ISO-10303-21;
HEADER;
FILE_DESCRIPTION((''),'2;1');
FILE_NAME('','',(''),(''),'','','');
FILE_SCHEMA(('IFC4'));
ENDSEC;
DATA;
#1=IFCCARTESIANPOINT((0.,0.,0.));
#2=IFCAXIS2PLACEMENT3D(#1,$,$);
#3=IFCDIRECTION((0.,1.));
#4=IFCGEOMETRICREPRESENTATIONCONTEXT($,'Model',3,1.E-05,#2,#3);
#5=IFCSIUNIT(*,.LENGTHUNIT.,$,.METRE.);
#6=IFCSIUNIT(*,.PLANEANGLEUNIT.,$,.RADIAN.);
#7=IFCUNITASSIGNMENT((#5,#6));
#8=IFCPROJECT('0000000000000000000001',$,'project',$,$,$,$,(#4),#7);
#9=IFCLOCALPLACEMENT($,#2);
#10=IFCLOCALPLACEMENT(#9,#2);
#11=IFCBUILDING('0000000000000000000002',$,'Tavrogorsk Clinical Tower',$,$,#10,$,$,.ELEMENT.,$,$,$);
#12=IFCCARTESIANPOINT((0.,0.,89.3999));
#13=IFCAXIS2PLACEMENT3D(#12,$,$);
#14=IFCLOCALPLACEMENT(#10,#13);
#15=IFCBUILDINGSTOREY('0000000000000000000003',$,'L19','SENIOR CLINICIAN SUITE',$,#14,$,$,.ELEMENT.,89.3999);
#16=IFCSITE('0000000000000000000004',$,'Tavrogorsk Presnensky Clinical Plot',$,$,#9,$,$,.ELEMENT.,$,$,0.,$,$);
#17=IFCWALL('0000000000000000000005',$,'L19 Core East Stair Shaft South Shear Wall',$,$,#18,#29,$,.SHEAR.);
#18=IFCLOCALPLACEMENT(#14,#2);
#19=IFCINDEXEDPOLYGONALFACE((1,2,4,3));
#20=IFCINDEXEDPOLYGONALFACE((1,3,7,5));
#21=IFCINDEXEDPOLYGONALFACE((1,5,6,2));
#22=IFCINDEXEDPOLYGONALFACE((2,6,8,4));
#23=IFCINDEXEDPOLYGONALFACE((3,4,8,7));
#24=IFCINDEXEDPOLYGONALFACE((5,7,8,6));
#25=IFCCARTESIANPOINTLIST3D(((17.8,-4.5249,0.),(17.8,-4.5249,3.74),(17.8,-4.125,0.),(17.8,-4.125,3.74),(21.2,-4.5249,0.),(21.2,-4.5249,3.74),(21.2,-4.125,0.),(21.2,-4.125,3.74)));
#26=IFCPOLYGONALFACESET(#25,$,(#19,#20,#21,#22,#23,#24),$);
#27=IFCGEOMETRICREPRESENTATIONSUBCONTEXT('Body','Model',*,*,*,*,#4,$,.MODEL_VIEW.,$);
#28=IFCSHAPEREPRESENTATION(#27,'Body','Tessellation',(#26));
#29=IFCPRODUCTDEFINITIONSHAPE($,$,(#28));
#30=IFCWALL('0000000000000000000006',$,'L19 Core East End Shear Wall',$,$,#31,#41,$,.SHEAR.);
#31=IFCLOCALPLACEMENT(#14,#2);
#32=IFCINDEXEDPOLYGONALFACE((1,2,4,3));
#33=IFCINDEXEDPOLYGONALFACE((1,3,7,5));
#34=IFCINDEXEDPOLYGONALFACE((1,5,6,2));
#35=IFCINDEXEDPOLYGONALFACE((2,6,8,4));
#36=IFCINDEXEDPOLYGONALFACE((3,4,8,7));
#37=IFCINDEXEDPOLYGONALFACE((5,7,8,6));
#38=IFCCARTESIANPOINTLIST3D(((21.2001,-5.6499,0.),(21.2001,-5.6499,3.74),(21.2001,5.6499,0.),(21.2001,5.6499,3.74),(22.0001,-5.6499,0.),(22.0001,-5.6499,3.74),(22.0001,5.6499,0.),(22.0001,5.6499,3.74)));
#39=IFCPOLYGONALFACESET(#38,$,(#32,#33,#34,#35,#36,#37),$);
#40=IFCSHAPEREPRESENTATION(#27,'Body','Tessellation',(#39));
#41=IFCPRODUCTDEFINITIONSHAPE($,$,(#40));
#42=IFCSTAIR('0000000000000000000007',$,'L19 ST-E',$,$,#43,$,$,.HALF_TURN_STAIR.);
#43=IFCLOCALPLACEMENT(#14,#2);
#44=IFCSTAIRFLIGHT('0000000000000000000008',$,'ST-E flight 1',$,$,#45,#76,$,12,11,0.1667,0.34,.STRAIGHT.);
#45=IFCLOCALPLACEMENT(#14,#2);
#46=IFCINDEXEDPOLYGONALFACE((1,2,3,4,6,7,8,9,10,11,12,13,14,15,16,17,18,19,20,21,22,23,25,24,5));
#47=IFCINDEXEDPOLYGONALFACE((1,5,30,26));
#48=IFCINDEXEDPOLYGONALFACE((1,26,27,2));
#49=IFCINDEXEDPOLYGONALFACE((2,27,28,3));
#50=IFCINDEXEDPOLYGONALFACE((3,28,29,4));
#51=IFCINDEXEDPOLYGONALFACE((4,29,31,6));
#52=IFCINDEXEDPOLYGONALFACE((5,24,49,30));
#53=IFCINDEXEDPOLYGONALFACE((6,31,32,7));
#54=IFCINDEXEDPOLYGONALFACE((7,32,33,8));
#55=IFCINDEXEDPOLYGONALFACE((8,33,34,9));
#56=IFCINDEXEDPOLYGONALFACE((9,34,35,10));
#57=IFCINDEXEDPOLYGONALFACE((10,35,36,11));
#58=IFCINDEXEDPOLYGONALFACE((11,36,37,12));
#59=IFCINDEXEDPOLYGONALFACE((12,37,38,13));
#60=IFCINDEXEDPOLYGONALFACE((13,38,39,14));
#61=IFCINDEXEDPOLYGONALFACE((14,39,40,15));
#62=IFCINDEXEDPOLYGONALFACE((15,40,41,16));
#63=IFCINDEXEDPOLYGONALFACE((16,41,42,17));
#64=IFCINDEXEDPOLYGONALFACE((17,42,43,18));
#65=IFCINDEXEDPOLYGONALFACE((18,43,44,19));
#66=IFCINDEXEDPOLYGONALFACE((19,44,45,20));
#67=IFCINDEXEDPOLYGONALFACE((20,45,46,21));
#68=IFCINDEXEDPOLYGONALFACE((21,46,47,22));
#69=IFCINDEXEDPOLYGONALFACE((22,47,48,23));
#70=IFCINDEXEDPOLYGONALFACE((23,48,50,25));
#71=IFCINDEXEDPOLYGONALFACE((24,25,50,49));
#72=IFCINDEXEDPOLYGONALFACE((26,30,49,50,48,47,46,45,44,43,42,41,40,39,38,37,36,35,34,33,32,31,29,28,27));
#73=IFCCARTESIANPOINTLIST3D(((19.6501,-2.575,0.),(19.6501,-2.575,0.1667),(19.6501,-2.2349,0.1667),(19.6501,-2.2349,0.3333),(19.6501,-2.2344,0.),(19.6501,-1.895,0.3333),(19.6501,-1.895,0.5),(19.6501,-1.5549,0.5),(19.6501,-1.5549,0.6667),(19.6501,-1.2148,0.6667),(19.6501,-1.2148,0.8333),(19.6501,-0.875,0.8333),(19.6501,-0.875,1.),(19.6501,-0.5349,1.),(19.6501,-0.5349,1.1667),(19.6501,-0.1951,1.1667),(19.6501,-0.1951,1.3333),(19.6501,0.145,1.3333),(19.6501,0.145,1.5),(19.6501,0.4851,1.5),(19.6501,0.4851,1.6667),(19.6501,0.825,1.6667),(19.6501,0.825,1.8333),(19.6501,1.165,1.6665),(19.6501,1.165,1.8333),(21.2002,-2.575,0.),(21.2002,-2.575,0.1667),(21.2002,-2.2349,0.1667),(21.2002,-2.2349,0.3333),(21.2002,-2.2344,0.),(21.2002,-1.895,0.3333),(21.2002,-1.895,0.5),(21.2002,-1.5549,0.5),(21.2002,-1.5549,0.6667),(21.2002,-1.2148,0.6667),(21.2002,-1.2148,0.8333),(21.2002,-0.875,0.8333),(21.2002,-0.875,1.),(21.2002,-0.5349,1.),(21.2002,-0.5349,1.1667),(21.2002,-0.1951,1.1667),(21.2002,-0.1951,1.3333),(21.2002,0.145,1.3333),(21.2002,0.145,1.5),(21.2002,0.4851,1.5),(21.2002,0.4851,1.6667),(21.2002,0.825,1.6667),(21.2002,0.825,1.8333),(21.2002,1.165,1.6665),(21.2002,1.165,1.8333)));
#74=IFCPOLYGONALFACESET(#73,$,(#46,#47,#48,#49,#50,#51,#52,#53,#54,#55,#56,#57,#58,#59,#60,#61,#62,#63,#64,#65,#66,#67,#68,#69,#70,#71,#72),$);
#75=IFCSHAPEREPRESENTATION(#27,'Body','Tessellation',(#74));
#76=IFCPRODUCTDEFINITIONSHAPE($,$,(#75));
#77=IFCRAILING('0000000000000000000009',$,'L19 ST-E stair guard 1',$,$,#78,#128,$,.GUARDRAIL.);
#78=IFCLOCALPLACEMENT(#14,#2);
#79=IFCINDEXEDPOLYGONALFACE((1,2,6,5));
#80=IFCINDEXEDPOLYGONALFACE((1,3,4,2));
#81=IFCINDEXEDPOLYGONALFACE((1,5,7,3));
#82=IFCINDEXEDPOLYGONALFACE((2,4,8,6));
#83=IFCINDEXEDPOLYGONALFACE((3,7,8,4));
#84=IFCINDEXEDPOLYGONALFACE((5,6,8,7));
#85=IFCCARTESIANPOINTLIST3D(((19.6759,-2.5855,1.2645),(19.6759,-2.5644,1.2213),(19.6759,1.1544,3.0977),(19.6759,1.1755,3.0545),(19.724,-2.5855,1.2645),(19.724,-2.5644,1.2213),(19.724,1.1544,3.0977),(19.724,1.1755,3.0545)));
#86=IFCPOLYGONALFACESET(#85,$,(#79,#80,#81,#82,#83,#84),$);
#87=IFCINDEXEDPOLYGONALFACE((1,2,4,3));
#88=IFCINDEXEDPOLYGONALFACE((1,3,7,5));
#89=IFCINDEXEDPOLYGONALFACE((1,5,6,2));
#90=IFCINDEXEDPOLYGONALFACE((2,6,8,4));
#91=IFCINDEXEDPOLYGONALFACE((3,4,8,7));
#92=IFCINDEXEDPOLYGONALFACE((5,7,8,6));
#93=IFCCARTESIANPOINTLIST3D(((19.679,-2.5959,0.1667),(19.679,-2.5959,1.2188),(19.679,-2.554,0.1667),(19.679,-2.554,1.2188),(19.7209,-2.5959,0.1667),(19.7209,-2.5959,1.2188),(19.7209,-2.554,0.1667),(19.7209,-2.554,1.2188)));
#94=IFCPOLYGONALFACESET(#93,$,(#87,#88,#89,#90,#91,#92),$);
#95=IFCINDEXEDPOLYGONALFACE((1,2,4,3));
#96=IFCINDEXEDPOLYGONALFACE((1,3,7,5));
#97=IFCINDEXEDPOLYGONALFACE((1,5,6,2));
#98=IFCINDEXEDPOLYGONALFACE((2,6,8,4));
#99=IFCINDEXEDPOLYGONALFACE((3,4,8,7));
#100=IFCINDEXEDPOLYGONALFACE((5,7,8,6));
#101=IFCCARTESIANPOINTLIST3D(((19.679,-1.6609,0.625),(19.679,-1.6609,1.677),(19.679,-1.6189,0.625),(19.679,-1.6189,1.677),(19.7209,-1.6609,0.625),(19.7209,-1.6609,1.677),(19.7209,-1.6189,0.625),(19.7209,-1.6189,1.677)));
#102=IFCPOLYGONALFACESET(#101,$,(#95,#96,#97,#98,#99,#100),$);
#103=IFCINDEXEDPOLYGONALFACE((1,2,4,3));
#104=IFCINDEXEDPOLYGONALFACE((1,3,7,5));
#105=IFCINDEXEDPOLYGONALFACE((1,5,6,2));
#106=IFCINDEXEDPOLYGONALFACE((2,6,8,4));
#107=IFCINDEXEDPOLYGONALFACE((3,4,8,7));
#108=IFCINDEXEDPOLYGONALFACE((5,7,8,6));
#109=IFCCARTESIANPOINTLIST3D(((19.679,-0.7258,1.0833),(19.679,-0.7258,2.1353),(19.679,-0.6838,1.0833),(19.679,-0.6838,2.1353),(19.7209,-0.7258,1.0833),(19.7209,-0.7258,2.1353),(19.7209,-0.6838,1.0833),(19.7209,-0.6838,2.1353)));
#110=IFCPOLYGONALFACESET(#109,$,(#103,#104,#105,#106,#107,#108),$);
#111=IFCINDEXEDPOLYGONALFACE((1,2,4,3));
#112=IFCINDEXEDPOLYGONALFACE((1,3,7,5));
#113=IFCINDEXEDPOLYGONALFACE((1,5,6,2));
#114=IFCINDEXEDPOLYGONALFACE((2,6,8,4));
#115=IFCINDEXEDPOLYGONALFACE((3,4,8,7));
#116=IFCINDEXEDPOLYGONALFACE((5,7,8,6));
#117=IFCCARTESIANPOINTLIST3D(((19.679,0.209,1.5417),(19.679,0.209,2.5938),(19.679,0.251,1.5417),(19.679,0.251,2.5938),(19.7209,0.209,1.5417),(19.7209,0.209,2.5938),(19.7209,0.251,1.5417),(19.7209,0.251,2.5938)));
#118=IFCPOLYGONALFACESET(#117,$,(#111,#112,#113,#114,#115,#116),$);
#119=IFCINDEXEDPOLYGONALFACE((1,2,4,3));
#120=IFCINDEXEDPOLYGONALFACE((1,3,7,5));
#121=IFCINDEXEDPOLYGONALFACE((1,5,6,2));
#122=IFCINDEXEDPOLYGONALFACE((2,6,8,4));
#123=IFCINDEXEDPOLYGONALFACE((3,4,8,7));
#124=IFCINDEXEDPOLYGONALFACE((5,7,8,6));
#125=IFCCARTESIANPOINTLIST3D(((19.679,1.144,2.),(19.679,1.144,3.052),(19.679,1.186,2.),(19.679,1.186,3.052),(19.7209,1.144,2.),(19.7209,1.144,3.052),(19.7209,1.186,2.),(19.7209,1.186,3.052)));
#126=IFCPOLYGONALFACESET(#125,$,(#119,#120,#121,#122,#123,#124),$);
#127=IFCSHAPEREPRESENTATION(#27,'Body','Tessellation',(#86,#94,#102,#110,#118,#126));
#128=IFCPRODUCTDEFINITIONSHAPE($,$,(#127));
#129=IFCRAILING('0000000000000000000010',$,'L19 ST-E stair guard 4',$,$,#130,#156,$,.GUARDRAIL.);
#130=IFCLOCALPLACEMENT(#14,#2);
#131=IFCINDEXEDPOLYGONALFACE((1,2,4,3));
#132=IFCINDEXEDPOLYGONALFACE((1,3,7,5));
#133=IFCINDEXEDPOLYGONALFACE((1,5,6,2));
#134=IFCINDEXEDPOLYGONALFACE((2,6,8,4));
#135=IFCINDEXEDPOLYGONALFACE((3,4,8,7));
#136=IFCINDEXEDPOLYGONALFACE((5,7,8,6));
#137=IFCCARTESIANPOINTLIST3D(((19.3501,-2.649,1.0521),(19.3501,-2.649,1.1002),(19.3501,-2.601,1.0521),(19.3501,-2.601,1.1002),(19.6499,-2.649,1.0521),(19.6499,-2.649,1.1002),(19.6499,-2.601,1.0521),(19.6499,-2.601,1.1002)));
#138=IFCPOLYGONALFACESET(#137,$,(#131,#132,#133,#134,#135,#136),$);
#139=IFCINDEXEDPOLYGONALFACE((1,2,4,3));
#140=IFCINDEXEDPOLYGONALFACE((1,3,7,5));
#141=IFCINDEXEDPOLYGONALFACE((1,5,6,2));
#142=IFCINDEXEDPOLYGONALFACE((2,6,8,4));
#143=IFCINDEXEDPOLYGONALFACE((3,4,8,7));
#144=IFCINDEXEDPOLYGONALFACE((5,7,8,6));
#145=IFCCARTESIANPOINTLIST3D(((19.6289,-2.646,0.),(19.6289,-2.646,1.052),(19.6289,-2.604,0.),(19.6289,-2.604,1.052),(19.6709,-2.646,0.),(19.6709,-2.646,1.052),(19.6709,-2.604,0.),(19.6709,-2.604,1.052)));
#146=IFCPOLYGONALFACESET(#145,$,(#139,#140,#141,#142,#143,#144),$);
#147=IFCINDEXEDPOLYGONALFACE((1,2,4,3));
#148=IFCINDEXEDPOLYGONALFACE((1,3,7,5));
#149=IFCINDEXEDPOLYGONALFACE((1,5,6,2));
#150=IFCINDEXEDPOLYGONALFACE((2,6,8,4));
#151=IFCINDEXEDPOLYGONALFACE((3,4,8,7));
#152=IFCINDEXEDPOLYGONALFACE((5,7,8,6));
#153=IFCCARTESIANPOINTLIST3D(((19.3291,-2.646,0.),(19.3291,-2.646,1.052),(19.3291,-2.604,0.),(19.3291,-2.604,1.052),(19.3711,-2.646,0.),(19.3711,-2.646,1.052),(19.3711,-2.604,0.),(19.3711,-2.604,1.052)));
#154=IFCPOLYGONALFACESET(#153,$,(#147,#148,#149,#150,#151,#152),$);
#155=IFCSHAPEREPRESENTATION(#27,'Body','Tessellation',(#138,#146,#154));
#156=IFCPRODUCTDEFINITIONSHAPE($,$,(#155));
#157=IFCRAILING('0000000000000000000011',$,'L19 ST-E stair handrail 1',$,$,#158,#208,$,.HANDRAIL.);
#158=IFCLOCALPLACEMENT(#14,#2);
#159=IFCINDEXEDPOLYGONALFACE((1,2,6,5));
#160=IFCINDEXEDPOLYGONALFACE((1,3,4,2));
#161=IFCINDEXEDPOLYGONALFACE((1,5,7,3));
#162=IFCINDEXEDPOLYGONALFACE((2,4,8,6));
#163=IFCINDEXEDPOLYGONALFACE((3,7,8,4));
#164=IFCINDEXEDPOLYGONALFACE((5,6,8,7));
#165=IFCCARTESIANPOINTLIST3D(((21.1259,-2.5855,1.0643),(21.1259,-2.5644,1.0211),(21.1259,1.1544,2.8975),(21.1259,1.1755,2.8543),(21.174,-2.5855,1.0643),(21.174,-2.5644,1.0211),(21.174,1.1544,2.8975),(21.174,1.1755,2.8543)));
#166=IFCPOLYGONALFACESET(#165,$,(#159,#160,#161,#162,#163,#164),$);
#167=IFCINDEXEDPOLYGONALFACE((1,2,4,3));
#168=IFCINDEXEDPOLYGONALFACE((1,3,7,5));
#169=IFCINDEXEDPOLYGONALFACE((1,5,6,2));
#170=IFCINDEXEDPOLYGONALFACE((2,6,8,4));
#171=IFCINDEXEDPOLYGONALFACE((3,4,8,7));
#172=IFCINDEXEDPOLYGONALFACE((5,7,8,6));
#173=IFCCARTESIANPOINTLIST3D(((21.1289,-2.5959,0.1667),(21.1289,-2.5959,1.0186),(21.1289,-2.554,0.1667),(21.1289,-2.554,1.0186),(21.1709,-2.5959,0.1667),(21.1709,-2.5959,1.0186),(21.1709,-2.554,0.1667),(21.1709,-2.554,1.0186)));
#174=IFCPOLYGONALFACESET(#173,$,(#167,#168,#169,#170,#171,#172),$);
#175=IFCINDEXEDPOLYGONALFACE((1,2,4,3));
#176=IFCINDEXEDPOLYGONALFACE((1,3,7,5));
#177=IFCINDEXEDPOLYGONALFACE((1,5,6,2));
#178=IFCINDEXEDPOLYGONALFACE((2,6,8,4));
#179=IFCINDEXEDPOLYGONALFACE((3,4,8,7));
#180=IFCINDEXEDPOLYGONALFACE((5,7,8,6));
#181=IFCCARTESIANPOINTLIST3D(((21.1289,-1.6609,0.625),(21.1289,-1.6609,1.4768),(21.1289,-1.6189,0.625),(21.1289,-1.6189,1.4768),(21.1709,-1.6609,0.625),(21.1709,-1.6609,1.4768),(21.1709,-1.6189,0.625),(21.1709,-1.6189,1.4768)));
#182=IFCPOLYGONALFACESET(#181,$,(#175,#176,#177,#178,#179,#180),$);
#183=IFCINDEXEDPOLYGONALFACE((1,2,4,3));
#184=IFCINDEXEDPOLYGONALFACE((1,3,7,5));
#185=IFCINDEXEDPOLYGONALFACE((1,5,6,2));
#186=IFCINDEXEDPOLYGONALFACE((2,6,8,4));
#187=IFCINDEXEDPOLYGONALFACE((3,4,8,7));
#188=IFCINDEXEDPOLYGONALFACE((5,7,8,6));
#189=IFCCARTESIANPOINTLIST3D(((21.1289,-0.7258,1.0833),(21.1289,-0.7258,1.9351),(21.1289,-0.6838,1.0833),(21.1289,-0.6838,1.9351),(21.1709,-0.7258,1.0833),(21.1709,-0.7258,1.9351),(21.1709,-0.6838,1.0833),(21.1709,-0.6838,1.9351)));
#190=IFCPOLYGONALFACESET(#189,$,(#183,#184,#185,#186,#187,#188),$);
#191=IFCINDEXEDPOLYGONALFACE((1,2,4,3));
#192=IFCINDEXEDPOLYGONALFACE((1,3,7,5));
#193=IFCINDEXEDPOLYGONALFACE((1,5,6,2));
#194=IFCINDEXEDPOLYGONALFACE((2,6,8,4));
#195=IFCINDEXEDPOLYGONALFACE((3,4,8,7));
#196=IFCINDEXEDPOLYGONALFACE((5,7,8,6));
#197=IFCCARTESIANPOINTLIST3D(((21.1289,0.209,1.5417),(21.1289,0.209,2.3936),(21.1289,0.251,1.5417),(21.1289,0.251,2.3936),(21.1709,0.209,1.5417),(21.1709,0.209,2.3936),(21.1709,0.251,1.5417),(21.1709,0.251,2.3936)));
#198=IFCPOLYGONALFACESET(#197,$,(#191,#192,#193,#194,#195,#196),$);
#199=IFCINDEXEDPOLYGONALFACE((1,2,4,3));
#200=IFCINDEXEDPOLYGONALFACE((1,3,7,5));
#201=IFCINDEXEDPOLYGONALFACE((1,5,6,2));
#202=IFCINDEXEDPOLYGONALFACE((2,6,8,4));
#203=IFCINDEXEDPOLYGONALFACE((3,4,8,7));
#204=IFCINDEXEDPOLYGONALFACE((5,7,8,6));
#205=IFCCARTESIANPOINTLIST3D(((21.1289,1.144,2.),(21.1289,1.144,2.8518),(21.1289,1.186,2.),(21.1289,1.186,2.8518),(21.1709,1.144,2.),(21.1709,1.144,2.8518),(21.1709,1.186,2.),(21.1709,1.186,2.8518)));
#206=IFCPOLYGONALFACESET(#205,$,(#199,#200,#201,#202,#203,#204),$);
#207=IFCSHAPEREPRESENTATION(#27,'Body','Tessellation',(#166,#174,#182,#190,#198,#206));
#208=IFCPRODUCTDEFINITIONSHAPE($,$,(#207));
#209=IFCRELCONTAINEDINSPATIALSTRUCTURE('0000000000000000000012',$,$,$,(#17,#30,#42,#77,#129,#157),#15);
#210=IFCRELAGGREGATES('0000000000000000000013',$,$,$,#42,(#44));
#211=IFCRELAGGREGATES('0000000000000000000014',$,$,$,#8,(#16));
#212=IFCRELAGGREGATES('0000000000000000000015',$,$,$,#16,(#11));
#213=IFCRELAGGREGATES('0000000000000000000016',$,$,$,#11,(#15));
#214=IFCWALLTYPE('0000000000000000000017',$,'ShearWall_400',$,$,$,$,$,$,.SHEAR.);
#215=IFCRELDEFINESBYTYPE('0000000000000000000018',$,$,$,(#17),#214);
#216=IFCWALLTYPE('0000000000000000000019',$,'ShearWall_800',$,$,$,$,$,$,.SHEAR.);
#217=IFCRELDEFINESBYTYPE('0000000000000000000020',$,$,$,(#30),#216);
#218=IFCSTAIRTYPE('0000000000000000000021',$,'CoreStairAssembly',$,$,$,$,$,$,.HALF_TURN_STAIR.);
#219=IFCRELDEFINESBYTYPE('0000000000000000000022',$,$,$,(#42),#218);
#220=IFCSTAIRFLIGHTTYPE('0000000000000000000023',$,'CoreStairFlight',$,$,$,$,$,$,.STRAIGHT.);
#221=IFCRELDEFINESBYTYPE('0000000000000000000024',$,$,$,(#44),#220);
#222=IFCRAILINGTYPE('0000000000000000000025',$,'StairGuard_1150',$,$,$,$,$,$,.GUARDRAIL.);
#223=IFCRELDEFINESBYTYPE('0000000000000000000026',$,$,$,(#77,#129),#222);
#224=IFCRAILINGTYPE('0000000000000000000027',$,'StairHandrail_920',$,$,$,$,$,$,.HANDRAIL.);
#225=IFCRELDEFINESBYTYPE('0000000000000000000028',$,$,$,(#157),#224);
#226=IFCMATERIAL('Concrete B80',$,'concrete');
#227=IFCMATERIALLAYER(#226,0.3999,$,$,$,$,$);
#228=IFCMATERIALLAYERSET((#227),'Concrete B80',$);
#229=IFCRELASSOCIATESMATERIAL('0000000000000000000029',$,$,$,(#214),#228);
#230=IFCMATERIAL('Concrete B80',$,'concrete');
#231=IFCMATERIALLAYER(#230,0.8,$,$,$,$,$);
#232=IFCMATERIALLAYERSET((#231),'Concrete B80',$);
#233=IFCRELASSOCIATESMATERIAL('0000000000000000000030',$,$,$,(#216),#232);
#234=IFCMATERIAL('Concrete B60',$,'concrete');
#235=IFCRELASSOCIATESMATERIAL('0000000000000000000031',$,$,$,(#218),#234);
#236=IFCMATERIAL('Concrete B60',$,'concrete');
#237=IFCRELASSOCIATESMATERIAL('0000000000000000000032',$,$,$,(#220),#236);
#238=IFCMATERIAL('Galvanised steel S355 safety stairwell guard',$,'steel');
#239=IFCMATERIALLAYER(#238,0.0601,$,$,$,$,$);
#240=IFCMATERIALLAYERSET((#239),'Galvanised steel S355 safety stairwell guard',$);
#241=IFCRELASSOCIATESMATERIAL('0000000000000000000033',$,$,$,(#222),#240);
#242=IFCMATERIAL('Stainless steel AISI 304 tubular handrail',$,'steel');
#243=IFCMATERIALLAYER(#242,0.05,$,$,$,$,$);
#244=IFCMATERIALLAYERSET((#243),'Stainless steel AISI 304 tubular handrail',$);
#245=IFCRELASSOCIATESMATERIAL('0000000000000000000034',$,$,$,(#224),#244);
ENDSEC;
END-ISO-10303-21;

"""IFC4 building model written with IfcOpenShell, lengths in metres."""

from ifc_helpers import new_model, si_unit, direction, frame, frame_2d, origin, origin_2d, place, context, subcontext, project, spatial, polyline, rectangle, outline, extrude, material, layer, layer_set, type_object, element, aggregate, save


model = new_model("IFC4")

# Units and contexts
model_context = context("Model", 3, precision=1e-05, world=origin(), true_north=direction((0.0, 1.0)))
body_context = subcontext(model_context, "Body", "Model", "MODEL_VIEW")
ifc_project = project(units=[si_unit("LENGTHUNIT", "METRE"), si_unit("PLANEANGLEUNIT", "RADIAN")], contexts=[model_context])

# Site, building, storey
site_placement = place(None, origin())
site = spatial("IfcSite", under=ifc_project, at=site_placement, Name="Tavrogorsk Presnensky Clinical Plot", CompositionType="ELEMENT", RefElevation=0.0)
building_placement = place(site_placement, origin())
building = spatial("IfcBuilding", under=site, at=building_placement, Name="Tavrogorsk Clinical Tower", CompositionType="ELEMENT")
storey_placement = place(building_placement, frame((0.0, 0.0, 89.3999)))
storey = spatial("IfcBuildingStorey", under=building, at=storey_placement, Name="L19", Description="SENIOR CLINICIAN SUITE", CompositionType="ELEMENT", Elevation=89.3999)

# Walls
ifc_material_1 = material(Name="Concrete B80", Category="concrete")
ifc_layer_1 = layer(ifc_material_1, 0.3999)
ifc_layer_set_1 = layer_set([ifc_layer_1], Name="Concrete B80")
wall_type_1 = type_object("IfcWallType", Name="ShearWall_400", PredefinedType="SHEAR", material=ifc_layer_set_1)
wall_1_placement = place(storey_placement, frame((17.8, -4.325, 0.0), z_axis=(0.0, 0.0, 1.0), x_axis=(1.0, 0.0, 0.0)))
element("IfcWall", 1, at=wall_1_placement, inside=storey, type_object=wall_type_1, Name="L19 Core East Stair Shaft South Shear Wall", PredefinedType="SHEAR", context=body_context, shape_type="SweptSolid", body=[
    extrude(rectangle(XDim=3.3999, YDim=0.3999, at=frame_2d((1.7, 0.0))), origin(), (0.0, 0.0, 1.0), 3.74),
])
ifc_material_2 = material(Name="Concrete B80", Category="concrete")
ifc_layer_2 = layer(ifc_material_2, 0.8)
ifc_layer_set_2 = layer_set([ifc_layer_2], Name="Concrete B80")
wall_type_2 = type_object("IfcWallType", Name="ShearWall_800", PredefinedType="SHEAR", material=ifc_layer_set_2)
wall_2_placement = place(storey_placement, frame((21.6001, -5.6499, 0.0), z_axis=(0.0, 0.0, 1.0), x_axis=(0.0, 1.0, 0.0)))
element("IfcWall", 2, at=wall_2_placement, inside=storey, type_object=wall_type_2, Name="L19 Core East End Shear Wall", PredefinedType="SHEAR", context=body_context, shape_type="SweptSolid", body=[
    extrude(rectangle(XDim=11.2998, YDim=0.8, at=frame_2d((5.6499, 0.0))), origin(), (0.0, 0.0, 1.0), 3.74),
])

# Stair, stair flight
ifc_material_3 = material(Name="Concrete B60", Category="concrete")
stair_type = type_object("IfcStairType", Name="CoreStairAssembly", PredefinedType="HALF_TURN_STAIR", material=ifc_material_3)
stair_placement = place(storey_placement, origin())
stair = element("IfcStair", 3, at=stair_placement, inside=storey, type_object=stair_type, Name="L19 ST-E", PredefinedType="HALF_TURN_STAIR")
ifc_material_4 = material(Name="Concrete B60", Category="concrete")
stair_flight_type = type_object("IfcStairFlightType", Name="CoreStairFlight", PredefinedType="STRAIGHT", material=ifc_material_4)
stair_flight_placement = place(storey_placement, frame((20.425, -2.575, 0.0), z_axis=(0.0, 0.0, 1.0), x_axis=(0.0, 1.0, 0.0)))
stair_flight = element("IfcStairFlight", 4, at=stair_flight_placement, type_object=stair_flight_type, Name="ST-E flight 1", NumberOfRisers=12, NumberOfTreads=11, PredefinedType="STRAIGHT", RiserHeight=0.1667, TreadLength=0.34, context=body_context, shape_type="SweptSolid", body=[
    extrude(outline(polyline([(0.0, 0.0), (0.0, 0.1667), (0.3401, 0.1667), (0.3401, 0.3333), (0.6799, 0.3333), (0.6799, 0.5), (1.02, 0.5), (1.02, 0.6667), (1.3601, 0.6667), (1.3601, 0.8333), (1.7, 0.8333), (1.7, 1.0), (2.04, 1.0), (2.04, 1.1667), (2.3799, 1.1667), (2.3799, 1.3333), (2.72, 1.3333), (2.72, 1.5), (3.0601, 1.5), (3.0601, 1.6667), (3.3999, 1.6667), (3.3999, 1.8333), (3.74, 1.8333), (3.74, 2.0), (3.74, 1.6665), (0.3406, 0.0), (0.0, 0.0)])), frame((0.0, 0.7749, 0.0), z_axis=(0.0, -1.0, 0.0), x_axis=(1.0, 0.0, 0.0)), (0.0, 0.0, 1.0), 1.55),
])
aggregate(stair, [stair_flight])

# Railings
ifc_material_5 = material(Name="Galvanised steel S355 safety stairwell guard", Category="steel")
ifc_layer_3 = layer(ifc_material_5, 0.0601)
ifc_layer_set_3 = layer_set([ifc_layer_3], Name="Galvanised steel S355 safety stairwell guard")
railing_type_1 = type_object("IfcRailingType", Name="StairGuard_1150", PredefinedType="GUARDRAIL", material=ifc_layer_set_3)
railing_1_placement = place(storey_placement, frame((19.7, -2.575, 0.1667)))
element("IfcRailing", 5, at=railing_1_placement, inside=storey, type_object=railing_type_1, Name="L19 ST-E stair guard 1", PredefinedType="GUARDRAIL", context=body_context, shape_type="SweptSolid", body=[
    extrude(rectangle(XDim=0.0481, YDim=0.0481, at=origin_2d()), frame((0.0, 0.0, 1.0762), z_axis=(0.0, 0.897928, 0.440142), x_axis=(-1.0, 0.0, 0.0)), (0.0, 0.0, 1.0), 4.165),
    extrude(rectangle(XDim=0.042, YDim=0.042, at=origin_2d()), origin(), (0.0, 0.0, 1.0), 1.052),
    extrude(rectangle(XDim=0.042, YDim=0.042, at=origin_2d()), frame((0.0, 0.9351, 0.4583)), (0.0, 0.0, 1.0), 1.052),
    extrude(rectangle(XDim=0.042, YDim=0.042, at=origin_2d()), frame((0.0, 1.8701, 0.9165)), (0.0, 0.0, 1.0), 1.052),
    extrude(rectangle(XDim=0.042, YDim=0.042, at=origin_2d()), frame((0.0, 2.8049, 1.375)), (0.0, 0.0, 1.0), 1.052),
    extrude(rectangle(XDim=0.042, YDim=0.042, at=origin_2d()), frame((0.0, 3.74, 1.8333)), (0.0, 0.0, 1.0), 1.052),
])
railing_2_placement = place(storey_placement, frame((19.6499, -2.625, 0.0)))
element("IfcRailing", 6, at=railing_2_placement, inside=storey, type_object=railing_type_1, Name="L19 ST-E stair guard 4", PredefinedType="GUARDRAIL", context=body_context, shape_type="SweptSolid", body=[
    extrude(rectangle(XDim=0.0481, YDim=0.0481, at=origin_2d()), frame((0.0, 0.0, 1.0762), z_axis=(-1.0, 0.0, 0.0), x_axis=(0.0, -1.0, 0.0)), (0.0, 0.0, 1.0), 0.2998),
    extrude(rectangle(XDim=0.042, YDim=0.042, at=origin_2d()), origin(), (0.0, 0.0, 1.0), 1.052),
    extrude(rectangle(XDim=0.042, YDim=0.042, at=origin_2d()), frame((-0.2998, 0.0, 0.0)), (0.0, 0.0, 1.0), 1.052),
])
ifc_material_6 = material(Name="Stainless steel AISI 304 tubular handrail", Category="steel")
ifc_layer_4 = layer(ifc_material_6, 0.05)
ifc_layer_set_4 = layer_set([ifc_layer_4], Name="Stainless steel AISI 304 tubular handrail")
railing_type_2 = type_object("IfcRailingType", Name="StairHandrail_920", PredefinedType="HANDRAIL", material=ifc_layer_set_4)
railing_3_placement = place(storey_placement, frame((21.1499, -2.575, 0.1667)))
element("IfcRailing", 7, at=railing_3_placement, inside=storey, type_object=railing_type_2, Name="L19 ST-E stair handrail 1", PredefinedType="HANDRAIL", context=body_context, shape_type="SweptSolid", body=[
    extrude(rectangle(XDim=0.0481, YDim=0.0481, at=origin_2d()), frame((0.0, 0.0, 0.876), z_axis=(0.0, 0.897928, 0.440142), x_axis=(-1.0, 0.0, 0.0)), (0.0, 0.0, 1.0), 4.165),
    extrude(rectangle(XDim=0.042, YDim=0.042, at=origin_2d()), origin(), (0.0, 0.0, 1.0), 0.8518),
    extrude(rectangle(XDim=0.042, YDim=0.042, at=origin_2d()), frame((0.0, 0.9351, 0.4583)), (0.0, 0.0, 1.0), 0.8518),
    extrude(rectangle(XDim=0.042, YDim=0.042, at=origin_2d()), frame((0.0, 1.8701, 0.9165)), (0.0, 0.0, 1.0), 0.8518),
    extrude(rectangle(XDim=0.042, YDim=0.042, at=origin_2d()), frame((0.0, 2.8049, 1.375)), (0.0, 0.0, 1.0), 0.8518),
    extrude(rectangle(XDim=0.042, YDim=0.042, at=origin_2d()), frame((0.0, 3.74, 1.8333)), (0.0, 0.0, 1.0), 0.8518),
])

save(model, "model.ifc")
